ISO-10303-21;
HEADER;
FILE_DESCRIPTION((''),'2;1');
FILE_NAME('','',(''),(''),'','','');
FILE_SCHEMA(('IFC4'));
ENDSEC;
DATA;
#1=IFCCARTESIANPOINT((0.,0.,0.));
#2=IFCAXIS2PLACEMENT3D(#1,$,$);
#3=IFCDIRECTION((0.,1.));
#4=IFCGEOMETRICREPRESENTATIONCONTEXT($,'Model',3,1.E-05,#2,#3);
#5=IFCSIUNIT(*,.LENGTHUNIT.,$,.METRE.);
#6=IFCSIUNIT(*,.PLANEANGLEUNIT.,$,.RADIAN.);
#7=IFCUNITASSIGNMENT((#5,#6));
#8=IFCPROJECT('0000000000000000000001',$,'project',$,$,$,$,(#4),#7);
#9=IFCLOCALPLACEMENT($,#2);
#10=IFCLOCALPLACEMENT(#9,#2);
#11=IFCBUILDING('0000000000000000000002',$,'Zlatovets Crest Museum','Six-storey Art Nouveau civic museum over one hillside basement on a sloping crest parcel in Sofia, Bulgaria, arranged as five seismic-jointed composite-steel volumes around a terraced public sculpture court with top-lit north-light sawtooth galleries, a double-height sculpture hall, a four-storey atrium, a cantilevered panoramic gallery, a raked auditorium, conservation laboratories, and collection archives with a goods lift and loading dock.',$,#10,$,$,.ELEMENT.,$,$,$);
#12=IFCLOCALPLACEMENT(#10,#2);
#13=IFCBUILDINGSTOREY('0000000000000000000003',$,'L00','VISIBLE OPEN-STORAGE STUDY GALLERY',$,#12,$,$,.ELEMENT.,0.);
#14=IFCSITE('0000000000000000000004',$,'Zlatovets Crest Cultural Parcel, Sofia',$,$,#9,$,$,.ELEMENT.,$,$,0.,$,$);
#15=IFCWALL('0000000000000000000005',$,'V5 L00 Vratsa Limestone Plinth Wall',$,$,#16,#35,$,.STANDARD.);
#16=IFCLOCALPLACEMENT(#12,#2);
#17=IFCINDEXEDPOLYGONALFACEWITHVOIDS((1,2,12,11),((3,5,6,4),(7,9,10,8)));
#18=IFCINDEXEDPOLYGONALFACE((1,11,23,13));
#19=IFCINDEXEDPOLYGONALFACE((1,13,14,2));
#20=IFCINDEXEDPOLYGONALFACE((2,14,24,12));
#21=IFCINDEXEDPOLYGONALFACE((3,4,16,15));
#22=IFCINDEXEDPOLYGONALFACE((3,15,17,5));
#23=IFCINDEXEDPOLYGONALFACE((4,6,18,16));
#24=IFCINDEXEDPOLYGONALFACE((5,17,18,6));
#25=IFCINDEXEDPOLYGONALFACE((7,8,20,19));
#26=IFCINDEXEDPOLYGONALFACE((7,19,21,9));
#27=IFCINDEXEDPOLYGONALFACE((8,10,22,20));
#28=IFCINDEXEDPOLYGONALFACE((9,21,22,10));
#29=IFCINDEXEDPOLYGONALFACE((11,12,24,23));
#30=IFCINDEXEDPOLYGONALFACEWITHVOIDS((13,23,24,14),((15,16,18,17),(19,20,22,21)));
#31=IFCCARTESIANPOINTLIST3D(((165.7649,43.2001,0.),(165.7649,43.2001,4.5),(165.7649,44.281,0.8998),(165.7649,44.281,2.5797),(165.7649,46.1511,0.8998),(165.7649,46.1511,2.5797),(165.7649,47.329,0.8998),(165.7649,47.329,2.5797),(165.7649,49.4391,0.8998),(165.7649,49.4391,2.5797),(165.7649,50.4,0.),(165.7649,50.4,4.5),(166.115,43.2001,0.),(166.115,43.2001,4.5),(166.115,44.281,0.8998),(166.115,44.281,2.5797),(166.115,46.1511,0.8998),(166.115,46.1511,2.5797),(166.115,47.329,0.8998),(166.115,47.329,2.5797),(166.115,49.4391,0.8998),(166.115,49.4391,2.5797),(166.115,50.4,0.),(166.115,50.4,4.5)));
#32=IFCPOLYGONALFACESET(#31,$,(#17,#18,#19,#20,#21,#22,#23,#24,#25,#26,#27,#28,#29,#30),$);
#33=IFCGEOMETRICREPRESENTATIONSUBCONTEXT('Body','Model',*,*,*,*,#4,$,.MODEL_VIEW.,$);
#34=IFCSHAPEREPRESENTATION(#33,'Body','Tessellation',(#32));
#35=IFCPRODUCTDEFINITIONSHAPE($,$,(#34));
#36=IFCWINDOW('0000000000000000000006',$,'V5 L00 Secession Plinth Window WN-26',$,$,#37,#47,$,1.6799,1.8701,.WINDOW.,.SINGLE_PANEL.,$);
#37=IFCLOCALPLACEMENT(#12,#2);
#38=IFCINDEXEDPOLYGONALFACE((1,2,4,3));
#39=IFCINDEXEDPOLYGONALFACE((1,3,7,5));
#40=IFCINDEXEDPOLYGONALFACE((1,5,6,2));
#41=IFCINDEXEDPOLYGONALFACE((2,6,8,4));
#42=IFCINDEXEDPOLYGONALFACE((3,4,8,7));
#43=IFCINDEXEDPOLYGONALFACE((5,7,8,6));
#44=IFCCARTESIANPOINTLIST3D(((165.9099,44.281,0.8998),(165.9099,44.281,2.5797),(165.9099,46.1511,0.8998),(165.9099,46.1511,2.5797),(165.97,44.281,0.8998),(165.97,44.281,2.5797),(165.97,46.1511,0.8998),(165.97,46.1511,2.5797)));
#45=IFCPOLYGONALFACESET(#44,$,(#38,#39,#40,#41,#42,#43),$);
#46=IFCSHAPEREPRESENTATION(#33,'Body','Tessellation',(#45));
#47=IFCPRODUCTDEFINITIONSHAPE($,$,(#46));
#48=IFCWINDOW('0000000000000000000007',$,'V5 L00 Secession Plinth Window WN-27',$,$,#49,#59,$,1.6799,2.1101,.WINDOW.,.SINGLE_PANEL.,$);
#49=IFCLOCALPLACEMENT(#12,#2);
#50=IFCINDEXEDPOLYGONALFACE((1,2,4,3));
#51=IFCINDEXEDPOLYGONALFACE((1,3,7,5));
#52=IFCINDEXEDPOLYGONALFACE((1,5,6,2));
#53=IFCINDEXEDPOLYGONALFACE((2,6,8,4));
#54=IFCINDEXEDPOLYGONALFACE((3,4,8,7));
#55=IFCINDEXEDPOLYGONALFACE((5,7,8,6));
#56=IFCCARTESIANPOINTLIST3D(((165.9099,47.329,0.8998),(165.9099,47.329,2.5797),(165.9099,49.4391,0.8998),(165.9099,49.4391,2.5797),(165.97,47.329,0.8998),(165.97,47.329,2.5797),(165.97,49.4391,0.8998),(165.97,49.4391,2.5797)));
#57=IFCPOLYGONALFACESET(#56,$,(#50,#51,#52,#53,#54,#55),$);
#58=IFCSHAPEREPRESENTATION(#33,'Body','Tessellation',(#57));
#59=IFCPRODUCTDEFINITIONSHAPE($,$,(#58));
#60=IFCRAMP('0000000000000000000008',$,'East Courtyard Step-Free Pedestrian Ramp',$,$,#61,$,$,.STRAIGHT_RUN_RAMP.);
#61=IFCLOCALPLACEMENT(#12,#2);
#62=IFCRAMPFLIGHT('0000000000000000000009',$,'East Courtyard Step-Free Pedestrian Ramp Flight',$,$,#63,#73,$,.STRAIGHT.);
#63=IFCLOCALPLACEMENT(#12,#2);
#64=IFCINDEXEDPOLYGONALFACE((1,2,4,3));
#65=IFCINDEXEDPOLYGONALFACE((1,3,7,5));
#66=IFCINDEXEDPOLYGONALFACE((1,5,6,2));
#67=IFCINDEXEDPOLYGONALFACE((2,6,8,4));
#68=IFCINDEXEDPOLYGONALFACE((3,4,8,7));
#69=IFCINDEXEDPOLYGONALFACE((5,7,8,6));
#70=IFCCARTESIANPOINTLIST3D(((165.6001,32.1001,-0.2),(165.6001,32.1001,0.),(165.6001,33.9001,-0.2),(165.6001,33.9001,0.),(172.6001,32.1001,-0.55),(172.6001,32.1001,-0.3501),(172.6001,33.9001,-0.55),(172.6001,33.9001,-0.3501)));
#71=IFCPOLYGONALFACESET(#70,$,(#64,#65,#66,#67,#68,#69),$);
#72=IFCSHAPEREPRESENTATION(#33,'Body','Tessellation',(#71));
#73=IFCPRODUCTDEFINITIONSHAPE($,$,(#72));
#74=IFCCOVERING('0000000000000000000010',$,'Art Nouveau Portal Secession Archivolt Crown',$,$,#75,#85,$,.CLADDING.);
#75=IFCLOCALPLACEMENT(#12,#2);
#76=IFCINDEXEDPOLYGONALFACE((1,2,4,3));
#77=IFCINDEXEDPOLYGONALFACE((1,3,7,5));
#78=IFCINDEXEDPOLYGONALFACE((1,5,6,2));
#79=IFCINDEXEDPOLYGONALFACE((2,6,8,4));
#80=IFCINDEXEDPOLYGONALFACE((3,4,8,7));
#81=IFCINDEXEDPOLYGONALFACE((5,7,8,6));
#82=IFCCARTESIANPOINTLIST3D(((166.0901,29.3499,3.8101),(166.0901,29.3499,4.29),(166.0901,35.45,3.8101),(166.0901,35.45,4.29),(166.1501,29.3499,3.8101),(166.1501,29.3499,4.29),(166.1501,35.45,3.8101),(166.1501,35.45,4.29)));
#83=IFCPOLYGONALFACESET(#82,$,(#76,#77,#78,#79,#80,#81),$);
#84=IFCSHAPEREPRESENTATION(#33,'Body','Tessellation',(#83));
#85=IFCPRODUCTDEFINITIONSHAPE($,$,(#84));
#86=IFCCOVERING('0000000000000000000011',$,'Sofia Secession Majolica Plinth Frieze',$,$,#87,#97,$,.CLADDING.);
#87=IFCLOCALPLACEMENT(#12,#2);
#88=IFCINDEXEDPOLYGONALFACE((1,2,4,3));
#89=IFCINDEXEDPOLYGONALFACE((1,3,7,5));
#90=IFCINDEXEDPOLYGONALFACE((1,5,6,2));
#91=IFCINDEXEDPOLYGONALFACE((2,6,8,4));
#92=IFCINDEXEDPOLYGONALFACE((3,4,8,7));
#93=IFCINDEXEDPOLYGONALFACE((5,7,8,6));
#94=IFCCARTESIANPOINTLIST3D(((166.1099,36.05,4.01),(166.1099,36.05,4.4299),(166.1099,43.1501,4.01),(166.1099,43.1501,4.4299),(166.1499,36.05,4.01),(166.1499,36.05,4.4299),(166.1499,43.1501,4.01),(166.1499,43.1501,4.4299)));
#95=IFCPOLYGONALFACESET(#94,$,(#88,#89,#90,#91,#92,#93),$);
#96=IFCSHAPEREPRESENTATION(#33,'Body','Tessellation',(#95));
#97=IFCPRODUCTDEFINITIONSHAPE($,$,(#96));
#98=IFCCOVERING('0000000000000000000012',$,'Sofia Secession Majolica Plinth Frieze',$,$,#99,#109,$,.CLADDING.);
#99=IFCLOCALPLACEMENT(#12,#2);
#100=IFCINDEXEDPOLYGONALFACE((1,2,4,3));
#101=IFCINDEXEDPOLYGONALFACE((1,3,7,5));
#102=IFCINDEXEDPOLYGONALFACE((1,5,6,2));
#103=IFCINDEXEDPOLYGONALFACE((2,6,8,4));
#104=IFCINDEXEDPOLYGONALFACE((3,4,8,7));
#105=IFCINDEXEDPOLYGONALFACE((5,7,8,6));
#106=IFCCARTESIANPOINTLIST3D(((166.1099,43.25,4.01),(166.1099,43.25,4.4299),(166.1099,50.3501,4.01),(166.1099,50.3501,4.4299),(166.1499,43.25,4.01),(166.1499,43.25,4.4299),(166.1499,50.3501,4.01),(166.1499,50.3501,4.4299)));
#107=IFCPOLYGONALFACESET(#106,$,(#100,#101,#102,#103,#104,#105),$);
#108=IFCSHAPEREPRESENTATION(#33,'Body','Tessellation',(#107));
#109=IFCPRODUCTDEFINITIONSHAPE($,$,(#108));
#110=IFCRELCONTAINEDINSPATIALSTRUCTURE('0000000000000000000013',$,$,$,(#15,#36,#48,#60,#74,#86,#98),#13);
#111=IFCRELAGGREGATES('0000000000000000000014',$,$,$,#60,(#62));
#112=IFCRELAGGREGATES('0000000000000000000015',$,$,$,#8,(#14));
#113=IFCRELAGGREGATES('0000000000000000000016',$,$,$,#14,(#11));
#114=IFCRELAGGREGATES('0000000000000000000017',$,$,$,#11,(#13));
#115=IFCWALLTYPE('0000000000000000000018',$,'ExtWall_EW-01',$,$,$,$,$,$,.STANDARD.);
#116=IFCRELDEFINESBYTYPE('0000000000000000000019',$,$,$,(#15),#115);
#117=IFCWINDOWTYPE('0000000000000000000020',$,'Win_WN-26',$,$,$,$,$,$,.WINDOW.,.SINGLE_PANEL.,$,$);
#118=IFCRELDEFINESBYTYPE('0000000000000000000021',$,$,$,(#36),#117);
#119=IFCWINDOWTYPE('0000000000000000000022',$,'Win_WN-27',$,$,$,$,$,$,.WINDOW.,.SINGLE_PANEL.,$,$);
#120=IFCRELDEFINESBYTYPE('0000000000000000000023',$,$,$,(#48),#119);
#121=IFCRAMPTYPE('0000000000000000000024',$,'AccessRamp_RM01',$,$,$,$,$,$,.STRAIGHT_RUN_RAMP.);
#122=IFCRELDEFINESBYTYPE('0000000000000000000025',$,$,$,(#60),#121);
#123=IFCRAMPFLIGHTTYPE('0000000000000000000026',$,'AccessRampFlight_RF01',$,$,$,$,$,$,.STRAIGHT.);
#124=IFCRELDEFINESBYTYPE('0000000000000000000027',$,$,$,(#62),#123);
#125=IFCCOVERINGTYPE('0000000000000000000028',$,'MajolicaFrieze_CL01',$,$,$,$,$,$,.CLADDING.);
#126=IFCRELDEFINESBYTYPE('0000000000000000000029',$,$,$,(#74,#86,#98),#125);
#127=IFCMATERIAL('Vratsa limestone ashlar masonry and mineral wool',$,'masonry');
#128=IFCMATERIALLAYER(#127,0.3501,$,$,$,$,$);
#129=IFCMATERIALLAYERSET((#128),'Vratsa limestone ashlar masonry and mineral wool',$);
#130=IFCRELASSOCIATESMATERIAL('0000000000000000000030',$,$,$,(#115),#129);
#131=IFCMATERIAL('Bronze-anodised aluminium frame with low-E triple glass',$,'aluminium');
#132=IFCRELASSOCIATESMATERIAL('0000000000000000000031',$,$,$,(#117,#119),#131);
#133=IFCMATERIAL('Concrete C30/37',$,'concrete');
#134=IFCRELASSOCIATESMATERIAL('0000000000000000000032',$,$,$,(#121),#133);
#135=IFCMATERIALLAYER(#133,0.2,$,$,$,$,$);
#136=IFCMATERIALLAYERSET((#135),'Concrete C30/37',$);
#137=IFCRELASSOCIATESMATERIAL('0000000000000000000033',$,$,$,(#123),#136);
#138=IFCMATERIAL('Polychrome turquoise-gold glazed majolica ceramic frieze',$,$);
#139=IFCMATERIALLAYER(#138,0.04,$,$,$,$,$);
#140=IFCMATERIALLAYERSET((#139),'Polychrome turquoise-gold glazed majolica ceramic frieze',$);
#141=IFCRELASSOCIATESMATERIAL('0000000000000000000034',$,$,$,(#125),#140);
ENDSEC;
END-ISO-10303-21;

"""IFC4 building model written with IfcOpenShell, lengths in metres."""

from ifc_helpers import new_model, si_unit, direction, frame, frame_2d, origin, origin_2d, place, context, subcontext, project, spatial, polyline, rectangle, outline, extrude, material, layer, layer_set, type_object, element, fill, aggregate, save


model = new_model("IFC4")

# Units and contexts
model_context = context("Model", 3, precision=1e-05, world=origin(), true_north=direction((0.0, 1.0)))
body_context = subcontext(model_context, "Body", "Model", "MODEL_VIEW")
ifc_project = project(units=[si_unit("LENGTHUNIT", "METRE"), si_unit("PLANEANGLEUNIT", "RADIAN")], contexts=[model_context])

# Site, building, storey
site_placement = place(None, origin())
site = spatial("IfcSite", under=ifc_project, at=site_placement, Name="Zlatovets Crest Cultural Parcel, Sofia", CompositionType="ELEMENT", RefElevation=0.0)
building_placement = place(site_placement, origin())
building = spatial("IfcBuilding", under=site, at=building_placement, Name="Zlatovets Crest Museum", Description="Six-storey Art Nouveau civic museum over one hillside basement on a sloping crest parcel in Sofia, Bulgaria, arranged as five seismic-jointed composite-steel volumes around a terraced public sculpture court with top-lit north-light sawtooth galleries, a double-height sculpture hall, a four-storey atrium, a cantilevered panoramic gallery, a raked auditorium, conservation laboratories, and collection archives with a goods lift and loading dock.", CompositionType="ELEMENT")
storey_placement = place(building_placement, origin())
storey = spatial("IfcBuildingStorey", under=building, at=storey_placement, Name="L00", Description="VISIBLE OPEN-STORAGE STUDY GALLERY", CompositionType="ELEMENT", Elevation=0.0)

# Wall, openings, windows
ifc_material_1 = material(Name="Vratsa limestone ashlar masonry and mineral wool", Category="masonry")
ifc_layer_1 = layer(ifc_material_1, 0.3501)
ifc_layer_set_1 = layer_set([ifc_layer_1], Name="Vratsa limestone ashlar masonry and mineral wool")
wall_type = type_object("IfcWallType", Name="ExtWall_EW-01", PredefinedType="STANDARD", material=ifc_layer_set_1)
ifc_material_2 = material(Name="Bronze-anodised aluminium frame with low-E triple glass", Category="aluminium")
wall_1_placement = place(storey_placement, frame((165.9399, 43.2, 0.0), z_axis=(0.0, 0.0, 1.0), x_axis=(0.0, 1.0, 0.0)))
wall_1 = element("IfcWall", 1, at=wall_1_placement, inside=storey, type_object=wall_type, Name="V5 L00 Vratsa Limestone Plinth Wall", PredefinedType="STANDARD", context=body_context, shape_type="SweptSolid", body=[
    extrude(rectangle(XDim=7.2, YDim=0.3501, at=frame_2d((3.6001, 0.0))), origin(), (0.0, 0.0, 1.0), 4.5),
])
opening_1_placement = place(wall_1_placement, frame((1.0811, 0.0, 0.8999)))
opening_1 = element("IfcOpeningElement", 2, at=opening_1_placement, cuts=wall_1, PredefinedType="OPENING", context=body_context, shape_type="SweptSolid", body=[
    extrude(rectangle(XDim=1.8701, YDim=1.6799, at=frame_2d((0.9351, 0.8398))), frame((0.0, 0.1851, 0.0), z_axis=(0.0, -1.0, 0.0), x_axis=(1.0, 0.0, 0.0)), (0.0, 0.0, 1.0), 0.3701),
])
opening_2_placement = place(wall_1_placement, frame((4.1289, 0.0, 0.8999)))
opening_2 = element("IfcOpeningElement", 3, at=opening_2_placement, cuts=wall_1, PredefinedType="OPENING", context=body_context, shape_type="SweptSolid", body=[
    extrude(rectangle(XDim=2.1101, YDim=1.6799, at=frame_2d((1.0552, 0.8398))), frame((0.0, 0.1851, 0.0), z_axis=(0.0, -1.0, 0.0), x_axis=(1.0, 0.0, 0.0)), (0.0, 0.0, 1.0), 0.3701),
])
window_type_1 = type_object("IfcWindowType", Name="Win_WN-26", PartitioningType="SINGLE_PANEL", PredefinedType="WINDOW", material=ifc_material_2)
window_1_placement = place(opening_1_placement, origin())
window_1 = element("IfcWindow", 4, at=window_1_placement, inside=storey, type_object=window_type_1, Name="V5 L00 Secession Plinth Window WN-26", OverallHeight=1.6799, OverallWidth=1.8701, PartitioningType="SINGLE_PANEL", PredefinedType="WINDOW", context=body_context, shape_type="SweptSolid", body=[
    extrude(rectangle(XDim=1.8701, YDim=1.6799, at=frame_2d((0.9351, 0.8398))), frame((0.0, 0.03, 0.0), z_axis=(0.0, -1.0, 0.0), x_axis=(1.0, 0.0, 0.0)), (0.0, 0.0, 1.0), 0.0601),
])
fill(opening_1, window_1)
window_type_2 = type_object("IfcWindowType", Name="Win_WN-27", PartitioningType="SINGLE_PANEL", PredefinedType="WINDOW", material=ifc_material_2)
window_2_placement = place(opening_2_placement, origin())
window_2 = element("IfcWindow", 5, at=window_2_placement, inside=storey, type_object=window_type_2, Name="V5 L00 Secession Plinth Window WN-27", OverallHeight=1.6799, OverallWidth=2.1101, PartitioningType="SINGLE_PANEL", PredefinedType="WINDOW", context=body_context, shape_type="SweptSolid", body=[
    extrude(rectangle(XDim=2.1101, YDim=1.6799, at=frame_2d((1.0552, 0.8398))), frame((0.0, 0.03, 0.0), z_axis=(0.0, -1.0, 0.0), x_axis=(1.0, 0.0, 0.0)), (0.0, 0.0, 1.0), 0.0601),
])
fill(opening_2, window_2)

# Ramp, ramp flight
ifc_material_3 = material(Name="Concrete C30/37", Category="concrete")
ramp_type = type_object("IfcRampType", Name="AccessRamp_RM01", PredefinedType="STRAIGHT_RUN_RAMP", material=ifc_material_3)
ramp_placement = place(storey_placement, origin())
ramp = element("IfcRamp", 6, at=ramp_placement, inside=storey, type_object=ramp_type, Name="East Courtyard Step-Free Pedestrian Ramp", PredefinedType="STRAIGHT_RUN_RAMP")
ifc_layer_2 = layer(ifc_material_3, 0.2)
ifc_layer_set_2 = layer_set([ifc_layer_2], Name="Concrete C30/37")
ramp_flight_type = type_object("IfcRampFlightType", Name="AccessRampFlight_RF01", PredefinedType="STRAIGHT", material=ifc_layer_set_2)
ramp_flight_placement = place(storey_placement, frame((172.6001, 33.0, -0.3501), z_axis=(0.0, 0.0, 1.0), x_axis=(-1.0, 0.0, 0.0)))
ramp_flight = element("IfcRampFlight", 7, at=ramp_flight_placement, type_object=ramp_flight_type, Name="East Courtyard Step-Free Pedestrian Ramp Flight", PredefinedType="STRAIGHT", context=body_context, shape_type="SweptSolid", body=[
    extrude(outline(polyline([(0.0, 0.0), (7.0, 0.3501), (7.0, 0.1501), (0.0, -0.2), (0.0, 0.0)])), frame((0.0, 0.8999, 0.0), z_axis=(0.0, -1.0, 0.0), x_axis=(1.0, 0.0, 0.0)), (0.0, 0.0, 1.0), 1.8),
])
aggregate(ramp, [ramp_flight])

# Coverings
ifc_material_4 = material(Name="Polychrome turquoise-gold glazed majolica ceramic frieze")
ifc_layer_3 = layer(ifc_material_4, 0.04)
ifc_layer_set_3 = layer_set([ifc_layer_3], Name="Polychrome turquoise-gold glazed majolica ceramic frieze")
covering_type = type_object("IfcCoveringType", Name="MajolicaFrieze_CL01", PredefinedType="CLADDING", material=ifc_layer_set_3)
covering_placement = place(storey_placement, frame((166.1201, 32.3999, 3.8101), z_axis=(0.0, 0.0, 1.0), x_axis=(0.0, 1.0, 0.0)))
element("IfcCovering", 8, at=covering_placement, inside=storey, type_object=covering_type, Name="Art Nouveau Portal Secession Archivolt Crown", PredefinedType="CLADDING", context=body_context, shape_type="SweptSolid", body=[
    extrude(rectangle(XDim=6.1001, YDim=0.0601, at=origin_2d()), origin(), (0.0, 0.0, 1.0), 0.48),
])
for number, where, z_axis, x_axis, name in (
    (9, (166.1299, 39.6001, 4.01), (0.0, 0.0, 1.0), (0.0, 1.0, 0.0), "Sofia Secession Majolica Plinth Frieze"),
    (10, (166.1299, 46.8, 4.01), (0.0, 0.0, 1.0), (0.0, 1.0, 0.0), "Sofia Secession Majolica Plinth Frieze"),
):
    element("IfcCovering", number, at=place(storey_placement, frame(where, z_axis=z_axis, x_axis=x_axis)), inside=storey, type_object=covering_type, Name=name, PredefinedType="CLADDING", context=body_context, shape_type="SweptSolid", body=[
        extrude(rectangle(XDim=7.1001, YDim=0.04, at=origin_2d()), origin(), (0.0, 0.0, 1.0), 0.4199),
    ])

save(model, "model.ifc")
